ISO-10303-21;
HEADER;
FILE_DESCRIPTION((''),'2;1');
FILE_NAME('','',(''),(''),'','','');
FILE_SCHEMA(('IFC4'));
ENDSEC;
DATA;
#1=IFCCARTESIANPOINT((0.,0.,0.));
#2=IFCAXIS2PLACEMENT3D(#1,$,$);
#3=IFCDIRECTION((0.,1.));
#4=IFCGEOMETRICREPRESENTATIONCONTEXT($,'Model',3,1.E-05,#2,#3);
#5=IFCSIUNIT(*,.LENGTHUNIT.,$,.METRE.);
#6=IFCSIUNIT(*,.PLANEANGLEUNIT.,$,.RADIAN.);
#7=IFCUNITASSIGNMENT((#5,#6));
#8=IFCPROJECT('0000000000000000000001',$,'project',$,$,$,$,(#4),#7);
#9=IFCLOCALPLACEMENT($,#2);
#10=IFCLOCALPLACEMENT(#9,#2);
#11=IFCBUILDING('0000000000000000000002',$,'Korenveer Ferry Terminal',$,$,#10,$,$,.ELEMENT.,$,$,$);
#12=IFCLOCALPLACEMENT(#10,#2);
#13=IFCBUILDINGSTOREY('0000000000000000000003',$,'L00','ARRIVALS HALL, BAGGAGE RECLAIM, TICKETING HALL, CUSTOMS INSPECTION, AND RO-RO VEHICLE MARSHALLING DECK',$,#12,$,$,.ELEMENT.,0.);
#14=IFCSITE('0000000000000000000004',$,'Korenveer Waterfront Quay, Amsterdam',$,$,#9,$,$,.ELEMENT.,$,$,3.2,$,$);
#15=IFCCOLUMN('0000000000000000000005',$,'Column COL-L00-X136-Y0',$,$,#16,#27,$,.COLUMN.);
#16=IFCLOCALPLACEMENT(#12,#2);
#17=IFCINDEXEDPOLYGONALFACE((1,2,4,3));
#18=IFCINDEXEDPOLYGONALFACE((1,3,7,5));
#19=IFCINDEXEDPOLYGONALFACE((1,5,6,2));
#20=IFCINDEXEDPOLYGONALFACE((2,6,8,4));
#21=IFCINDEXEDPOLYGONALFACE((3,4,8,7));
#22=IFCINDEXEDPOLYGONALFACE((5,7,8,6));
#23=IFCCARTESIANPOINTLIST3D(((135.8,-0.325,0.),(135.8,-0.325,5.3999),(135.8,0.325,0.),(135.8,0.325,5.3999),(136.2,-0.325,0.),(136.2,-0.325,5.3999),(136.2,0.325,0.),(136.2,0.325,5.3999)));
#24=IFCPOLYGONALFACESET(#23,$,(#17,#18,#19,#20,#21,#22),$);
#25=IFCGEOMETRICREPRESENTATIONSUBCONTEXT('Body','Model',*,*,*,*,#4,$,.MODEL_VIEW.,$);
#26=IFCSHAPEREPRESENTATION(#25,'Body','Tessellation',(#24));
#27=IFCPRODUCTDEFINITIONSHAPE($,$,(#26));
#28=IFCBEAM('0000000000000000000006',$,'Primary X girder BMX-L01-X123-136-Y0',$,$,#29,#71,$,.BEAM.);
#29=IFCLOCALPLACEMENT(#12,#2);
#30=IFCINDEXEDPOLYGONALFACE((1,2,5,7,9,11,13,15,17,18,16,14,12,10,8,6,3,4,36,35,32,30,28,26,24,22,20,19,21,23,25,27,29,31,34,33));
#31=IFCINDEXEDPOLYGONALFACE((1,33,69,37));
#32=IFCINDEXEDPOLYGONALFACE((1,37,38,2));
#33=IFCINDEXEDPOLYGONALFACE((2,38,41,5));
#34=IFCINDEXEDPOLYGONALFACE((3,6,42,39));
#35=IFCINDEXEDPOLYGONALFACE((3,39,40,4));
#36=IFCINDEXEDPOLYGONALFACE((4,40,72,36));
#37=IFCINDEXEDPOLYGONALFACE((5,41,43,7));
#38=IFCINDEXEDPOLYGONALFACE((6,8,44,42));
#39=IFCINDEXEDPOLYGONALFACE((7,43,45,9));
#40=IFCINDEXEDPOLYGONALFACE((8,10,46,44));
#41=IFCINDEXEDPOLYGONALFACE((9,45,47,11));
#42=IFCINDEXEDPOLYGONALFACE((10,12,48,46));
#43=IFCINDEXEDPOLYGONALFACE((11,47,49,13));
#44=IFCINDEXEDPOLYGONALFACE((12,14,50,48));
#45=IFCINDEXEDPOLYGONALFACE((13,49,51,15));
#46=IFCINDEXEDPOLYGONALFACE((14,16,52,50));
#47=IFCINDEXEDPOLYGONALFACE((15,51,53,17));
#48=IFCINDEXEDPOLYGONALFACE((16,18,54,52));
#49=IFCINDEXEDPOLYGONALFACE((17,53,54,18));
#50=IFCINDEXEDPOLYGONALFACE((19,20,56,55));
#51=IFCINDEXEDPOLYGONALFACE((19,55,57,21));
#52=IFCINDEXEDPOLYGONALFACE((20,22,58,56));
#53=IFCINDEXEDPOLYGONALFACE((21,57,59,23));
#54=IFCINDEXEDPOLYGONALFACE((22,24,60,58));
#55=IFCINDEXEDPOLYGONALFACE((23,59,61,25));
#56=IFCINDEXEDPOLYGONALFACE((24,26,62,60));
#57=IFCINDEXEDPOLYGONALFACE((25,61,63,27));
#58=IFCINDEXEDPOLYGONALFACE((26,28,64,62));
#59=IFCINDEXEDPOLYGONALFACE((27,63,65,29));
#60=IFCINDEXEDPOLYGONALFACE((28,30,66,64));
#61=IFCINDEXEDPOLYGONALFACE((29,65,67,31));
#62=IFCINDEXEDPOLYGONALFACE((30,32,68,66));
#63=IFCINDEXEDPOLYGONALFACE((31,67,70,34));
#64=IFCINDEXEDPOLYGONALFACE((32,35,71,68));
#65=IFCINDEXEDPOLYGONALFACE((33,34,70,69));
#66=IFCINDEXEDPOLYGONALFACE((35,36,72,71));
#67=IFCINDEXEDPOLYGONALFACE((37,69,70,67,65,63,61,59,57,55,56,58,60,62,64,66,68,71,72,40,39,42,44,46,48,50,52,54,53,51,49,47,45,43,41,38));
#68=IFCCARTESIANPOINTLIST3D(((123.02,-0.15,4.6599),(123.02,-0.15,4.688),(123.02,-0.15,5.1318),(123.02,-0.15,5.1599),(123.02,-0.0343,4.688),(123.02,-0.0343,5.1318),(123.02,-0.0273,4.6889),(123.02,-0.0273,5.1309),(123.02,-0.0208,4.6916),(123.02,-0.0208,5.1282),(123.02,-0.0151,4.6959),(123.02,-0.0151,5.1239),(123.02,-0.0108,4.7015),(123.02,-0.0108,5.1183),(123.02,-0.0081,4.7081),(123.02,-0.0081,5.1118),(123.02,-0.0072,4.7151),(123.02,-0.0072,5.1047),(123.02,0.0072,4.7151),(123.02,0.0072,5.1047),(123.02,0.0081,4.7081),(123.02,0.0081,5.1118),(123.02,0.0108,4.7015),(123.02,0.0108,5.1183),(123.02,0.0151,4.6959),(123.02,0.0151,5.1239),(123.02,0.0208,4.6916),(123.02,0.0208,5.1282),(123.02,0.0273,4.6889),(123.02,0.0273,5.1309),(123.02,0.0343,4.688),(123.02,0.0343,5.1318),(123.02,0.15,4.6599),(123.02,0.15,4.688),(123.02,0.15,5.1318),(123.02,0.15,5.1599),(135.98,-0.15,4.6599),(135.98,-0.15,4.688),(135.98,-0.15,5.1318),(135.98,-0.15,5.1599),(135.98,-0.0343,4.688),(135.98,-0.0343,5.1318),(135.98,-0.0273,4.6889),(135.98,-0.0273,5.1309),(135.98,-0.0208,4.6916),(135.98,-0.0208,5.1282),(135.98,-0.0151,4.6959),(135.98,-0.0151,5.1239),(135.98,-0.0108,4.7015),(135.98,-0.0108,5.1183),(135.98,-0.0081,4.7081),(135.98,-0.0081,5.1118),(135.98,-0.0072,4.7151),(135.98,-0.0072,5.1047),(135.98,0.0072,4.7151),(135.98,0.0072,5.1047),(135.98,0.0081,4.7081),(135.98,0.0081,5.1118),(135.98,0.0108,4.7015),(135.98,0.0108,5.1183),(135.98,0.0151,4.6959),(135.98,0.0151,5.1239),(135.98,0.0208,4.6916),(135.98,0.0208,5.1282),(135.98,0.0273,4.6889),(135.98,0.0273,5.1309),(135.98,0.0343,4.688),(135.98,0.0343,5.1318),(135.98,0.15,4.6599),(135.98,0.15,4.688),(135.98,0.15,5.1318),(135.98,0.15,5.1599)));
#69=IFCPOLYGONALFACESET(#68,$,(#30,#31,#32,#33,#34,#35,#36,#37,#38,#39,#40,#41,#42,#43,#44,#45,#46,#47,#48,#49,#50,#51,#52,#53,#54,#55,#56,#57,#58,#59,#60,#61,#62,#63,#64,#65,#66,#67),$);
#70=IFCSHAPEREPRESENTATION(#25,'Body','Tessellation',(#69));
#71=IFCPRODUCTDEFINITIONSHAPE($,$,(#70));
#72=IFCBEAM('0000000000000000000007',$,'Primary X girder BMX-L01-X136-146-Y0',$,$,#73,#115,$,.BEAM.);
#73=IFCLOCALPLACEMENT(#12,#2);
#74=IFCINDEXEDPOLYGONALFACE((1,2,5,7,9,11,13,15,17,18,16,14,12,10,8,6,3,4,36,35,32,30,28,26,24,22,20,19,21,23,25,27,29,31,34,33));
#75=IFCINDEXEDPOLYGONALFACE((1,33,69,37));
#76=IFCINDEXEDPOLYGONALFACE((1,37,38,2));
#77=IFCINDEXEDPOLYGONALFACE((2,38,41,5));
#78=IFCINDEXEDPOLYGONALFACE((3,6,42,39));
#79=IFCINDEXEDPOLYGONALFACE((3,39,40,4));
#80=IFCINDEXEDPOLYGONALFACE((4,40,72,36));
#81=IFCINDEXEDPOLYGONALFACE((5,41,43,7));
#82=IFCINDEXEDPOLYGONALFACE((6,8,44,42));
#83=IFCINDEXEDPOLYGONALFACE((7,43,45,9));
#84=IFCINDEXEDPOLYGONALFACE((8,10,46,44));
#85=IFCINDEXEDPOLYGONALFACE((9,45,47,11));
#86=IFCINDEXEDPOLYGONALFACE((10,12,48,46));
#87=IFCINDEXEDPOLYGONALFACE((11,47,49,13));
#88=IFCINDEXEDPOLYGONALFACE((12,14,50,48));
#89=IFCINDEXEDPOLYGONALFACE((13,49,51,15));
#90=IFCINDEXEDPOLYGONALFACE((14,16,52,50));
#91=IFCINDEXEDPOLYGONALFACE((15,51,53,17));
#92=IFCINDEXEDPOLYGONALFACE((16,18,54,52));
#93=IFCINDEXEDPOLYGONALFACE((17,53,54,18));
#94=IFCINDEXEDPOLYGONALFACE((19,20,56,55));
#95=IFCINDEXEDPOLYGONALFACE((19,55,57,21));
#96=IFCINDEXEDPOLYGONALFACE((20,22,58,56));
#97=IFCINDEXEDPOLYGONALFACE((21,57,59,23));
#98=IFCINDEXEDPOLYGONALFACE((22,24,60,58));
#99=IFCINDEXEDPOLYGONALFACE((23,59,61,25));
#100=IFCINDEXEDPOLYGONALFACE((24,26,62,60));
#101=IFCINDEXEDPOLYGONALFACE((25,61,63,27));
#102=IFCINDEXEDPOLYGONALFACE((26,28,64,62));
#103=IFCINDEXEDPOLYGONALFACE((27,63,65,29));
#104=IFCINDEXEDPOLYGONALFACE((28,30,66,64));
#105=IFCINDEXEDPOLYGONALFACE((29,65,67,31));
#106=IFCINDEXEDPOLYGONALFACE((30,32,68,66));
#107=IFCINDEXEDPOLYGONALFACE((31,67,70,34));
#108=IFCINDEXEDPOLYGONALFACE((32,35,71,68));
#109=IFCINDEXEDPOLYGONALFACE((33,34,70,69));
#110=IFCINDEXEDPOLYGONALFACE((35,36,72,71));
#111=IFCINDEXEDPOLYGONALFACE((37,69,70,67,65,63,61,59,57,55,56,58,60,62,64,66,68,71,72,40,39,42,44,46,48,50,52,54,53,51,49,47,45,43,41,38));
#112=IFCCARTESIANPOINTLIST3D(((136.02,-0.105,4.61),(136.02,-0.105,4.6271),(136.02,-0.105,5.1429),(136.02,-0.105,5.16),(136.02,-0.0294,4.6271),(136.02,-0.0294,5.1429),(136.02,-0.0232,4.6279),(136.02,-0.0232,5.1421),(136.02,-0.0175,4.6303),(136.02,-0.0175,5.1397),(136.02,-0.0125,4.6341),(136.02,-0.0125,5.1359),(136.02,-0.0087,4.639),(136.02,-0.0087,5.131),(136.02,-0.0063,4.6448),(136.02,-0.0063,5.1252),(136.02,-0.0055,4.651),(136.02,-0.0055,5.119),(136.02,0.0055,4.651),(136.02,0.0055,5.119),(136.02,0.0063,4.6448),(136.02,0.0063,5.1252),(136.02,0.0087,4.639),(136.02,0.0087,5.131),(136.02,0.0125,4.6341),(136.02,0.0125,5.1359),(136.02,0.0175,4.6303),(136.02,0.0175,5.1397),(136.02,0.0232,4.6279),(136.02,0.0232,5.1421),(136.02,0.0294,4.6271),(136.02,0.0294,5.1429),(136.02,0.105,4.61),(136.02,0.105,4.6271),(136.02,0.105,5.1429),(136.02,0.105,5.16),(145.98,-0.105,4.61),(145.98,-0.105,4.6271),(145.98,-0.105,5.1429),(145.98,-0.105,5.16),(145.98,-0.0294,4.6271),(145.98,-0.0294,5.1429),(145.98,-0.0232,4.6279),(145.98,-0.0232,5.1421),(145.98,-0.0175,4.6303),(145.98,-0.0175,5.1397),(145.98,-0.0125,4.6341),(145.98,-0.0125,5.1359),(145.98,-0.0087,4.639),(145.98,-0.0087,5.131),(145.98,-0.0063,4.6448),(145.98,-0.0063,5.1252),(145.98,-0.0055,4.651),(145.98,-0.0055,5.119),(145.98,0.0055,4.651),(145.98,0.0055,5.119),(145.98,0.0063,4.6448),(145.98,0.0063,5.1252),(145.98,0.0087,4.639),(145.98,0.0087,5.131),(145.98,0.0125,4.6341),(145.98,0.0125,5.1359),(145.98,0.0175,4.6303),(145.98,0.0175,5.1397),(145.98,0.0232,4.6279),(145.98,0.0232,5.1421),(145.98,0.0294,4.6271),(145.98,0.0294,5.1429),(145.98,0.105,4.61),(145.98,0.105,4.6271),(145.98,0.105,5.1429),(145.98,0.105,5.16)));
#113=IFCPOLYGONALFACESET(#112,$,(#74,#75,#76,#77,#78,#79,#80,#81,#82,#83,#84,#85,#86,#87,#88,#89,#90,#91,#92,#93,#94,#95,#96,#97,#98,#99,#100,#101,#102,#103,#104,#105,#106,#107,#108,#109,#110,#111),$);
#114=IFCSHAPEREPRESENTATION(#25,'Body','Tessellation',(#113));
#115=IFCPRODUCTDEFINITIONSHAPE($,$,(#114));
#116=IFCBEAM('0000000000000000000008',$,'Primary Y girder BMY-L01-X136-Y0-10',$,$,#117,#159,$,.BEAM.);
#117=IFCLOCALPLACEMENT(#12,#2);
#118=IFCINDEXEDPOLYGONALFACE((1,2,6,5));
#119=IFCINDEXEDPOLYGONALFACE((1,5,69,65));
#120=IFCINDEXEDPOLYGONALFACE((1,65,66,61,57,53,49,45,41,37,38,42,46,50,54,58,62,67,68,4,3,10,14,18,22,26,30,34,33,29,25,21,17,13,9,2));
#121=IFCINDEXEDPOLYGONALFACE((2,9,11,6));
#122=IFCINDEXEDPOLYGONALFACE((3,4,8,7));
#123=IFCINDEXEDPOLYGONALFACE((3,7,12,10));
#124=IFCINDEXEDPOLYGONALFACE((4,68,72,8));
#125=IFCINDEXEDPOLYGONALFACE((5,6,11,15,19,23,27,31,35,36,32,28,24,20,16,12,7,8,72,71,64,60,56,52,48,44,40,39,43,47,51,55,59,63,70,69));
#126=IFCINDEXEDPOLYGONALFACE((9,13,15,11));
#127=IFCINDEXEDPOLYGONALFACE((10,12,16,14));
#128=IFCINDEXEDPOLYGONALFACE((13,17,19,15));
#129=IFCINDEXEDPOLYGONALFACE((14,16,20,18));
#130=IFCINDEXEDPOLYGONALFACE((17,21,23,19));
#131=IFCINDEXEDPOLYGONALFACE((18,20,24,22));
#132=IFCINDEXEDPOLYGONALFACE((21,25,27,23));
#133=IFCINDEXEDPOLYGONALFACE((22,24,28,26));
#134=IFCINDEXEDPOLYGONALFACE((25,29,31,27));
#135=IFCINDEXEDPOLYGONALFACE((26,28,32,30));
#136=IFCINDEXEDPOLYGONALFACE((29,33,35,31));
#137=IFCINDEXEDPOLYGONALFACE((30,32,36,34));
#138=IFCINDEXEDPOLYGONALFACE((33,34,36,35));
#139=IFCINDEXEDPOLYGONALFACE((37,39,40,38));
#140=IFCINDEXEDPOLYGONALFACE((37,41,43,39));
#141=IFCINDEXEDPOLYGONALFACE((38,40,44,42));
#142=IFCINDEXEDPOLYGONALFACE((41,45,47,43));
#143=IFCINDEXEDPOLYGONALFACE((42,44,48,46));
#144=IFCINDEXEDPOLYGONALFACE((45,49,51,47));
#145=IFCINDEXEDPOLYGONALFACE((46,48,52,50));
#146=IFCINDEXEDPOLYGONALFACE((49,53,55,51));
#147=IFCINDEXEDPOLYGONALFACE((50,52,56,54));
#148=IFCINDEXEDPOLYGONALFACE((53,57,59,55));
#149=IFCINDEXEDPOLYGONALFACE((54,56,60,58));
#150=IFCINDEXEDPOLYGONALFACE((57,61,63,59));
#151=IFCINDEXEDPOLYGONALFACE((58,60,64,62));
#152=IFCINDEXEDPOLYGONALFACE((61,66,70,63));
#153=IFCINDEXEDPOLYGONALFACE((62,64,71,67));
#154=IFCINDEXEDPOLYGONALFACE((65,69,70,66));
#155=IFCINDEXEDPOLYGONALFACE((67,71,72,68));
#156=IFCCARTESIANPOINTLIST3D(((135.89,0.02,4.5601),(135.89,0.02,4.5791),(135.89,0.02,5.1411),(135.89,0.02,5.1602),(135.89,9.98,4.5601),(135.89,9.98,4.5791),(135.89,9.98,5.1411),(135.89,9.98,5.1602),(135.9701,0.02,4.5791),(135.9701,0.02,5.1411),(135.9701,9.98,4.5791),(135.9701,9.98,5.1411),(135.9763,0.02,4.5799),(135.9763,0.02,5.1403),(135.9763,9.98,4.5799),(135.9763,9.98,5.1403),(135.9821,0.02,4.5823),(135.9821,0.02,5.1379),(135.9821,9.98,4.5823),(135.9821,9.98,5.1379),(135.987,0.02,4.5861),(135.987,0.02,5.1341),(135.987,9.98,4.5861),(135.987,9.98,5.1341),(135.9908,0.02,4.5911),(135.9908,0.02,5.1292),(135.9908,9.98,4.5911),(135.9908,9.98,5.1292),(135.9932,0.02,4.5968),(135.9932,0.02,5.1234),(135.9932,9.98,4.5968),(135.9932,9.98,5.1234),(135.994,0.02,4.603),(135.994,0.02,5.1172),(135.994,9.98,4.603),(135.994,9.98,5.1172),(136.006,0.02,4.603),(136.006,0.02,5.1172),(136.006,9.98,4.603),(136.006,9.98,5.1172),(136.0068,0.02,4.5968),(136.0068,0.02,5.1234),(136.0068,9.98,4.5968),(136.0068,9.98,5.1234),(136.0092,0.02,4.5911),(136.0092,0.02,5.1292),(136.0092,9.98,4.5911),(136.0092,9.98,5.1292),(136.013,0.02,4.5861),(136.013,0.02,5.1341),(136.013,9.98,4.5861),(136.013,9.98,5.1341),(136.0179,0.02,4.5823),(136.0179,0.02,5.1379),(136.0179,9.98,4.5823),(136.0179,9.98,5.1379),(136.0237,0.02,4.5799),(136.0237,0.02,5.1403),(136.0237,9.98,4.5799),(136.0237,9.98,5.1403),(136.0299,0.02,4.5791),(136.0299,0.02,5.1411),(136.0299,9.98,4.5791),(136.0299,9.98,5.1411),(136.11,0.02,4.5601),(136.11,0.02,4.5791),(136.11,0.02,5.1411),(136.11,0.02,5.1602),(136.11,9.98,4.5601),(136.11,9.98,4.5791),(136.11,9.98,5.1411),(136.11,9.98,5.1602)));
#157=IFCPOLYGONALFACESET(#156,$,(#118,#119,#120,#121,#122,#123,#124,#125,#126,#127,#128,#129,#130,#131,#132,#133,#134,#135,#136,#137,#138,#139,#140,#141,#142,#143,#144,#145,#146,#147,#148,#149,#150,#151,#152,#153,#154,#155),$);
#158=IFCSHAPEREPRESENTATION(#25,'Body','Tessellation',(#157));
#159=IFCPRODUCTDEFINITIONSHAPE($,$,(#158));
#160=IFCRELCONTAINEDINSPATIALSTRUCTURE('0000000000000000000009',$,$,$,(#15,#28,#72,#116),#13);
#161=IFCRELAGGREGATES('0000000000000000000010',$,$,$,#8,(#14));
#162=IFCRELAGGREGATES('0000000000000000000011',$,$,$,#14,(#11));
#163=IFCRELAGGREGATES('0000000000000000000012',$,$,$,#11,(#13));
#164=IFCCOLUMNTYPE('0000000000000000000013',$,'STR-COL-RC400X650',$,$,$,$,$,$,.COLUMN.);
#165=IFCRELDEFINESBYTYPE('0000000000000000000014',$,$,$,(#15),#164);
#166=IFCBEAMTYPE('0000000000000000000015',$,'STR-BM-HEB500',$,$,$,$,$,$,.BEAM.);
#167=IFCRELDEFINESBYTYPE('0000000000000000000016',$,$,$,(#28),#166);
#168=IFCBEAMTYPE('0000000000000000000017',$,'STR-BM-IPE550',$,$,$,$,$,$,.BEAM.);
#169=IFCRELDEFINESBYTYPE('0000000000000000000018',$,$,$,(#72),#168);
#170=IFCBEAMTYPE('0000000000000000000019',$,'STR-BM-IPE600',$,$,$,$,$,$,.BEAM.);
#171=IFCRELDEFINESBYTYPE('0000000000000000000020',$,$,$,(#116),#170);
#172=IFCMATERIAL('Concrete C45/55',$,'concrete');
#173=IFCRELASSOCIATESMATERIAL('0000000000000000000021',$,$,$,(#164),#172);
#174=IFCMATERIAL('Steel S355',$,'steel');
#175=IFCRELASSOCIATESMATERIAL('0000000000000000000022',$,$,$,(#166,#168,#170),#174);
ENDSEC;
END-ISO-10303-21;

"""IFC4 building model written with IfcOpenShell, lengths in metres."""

from ifc_helpers import new_model, si_unit, direction, frame, origin, origin_2d, place, context, subcontext, project, spatial, rectangle, i_section, extrude, material, material_profile, profile_set, type_object, element, save


model = new_model("IFC4")

# Units and contexts
model_context = context("Model", 3, precision=1e-05, world=origin(), true_north=direction((0.0, 1.0)))
body_context = subcontext(model_context, "Body", "Model", "MODEL_VIEW")
ifc_project = project(units=[si_unit("LENGTHUNIT", "METRE"), si_unit("PLANEANGLEUNIT", "RADIAN")], contexts=[model_context])

# Site, building, storey
site_placement = place(None, origin())
site = spatial("IfcSite", under=ifc_project, at=site_placement, Name="Korenveer Waterfront Quay, Amsterdam", CompositionType="ELEMENT", RefElevation=3.2)
building_placement = place(site_placement, origin())
building = spatial("IfcBuilding", under=site, at=building_placement, Name="Korenveer Ferry Terminal", CompositionType="ELEMENT")
storey_placement = place(building_placement, origin())
storey = spatial("IfcBuildingStorey", under=building, at=storey_placement, Name="L00", Description="ARRIVALS HALL, BAGGAGE RECLAIM, TICKETING HALL, CUSTOMS INSPECTION, AND RO-RO VEHICLE MARSHALLING DECK", CompositionType="ELEMENT", Elevation=0.0)

# Shared definitions
ifc_material_1 = material(Name="Concrete C45/55", Category="concrete")

# Column
ifc_material_2 = material(Name="Steel S355", Category="steel")
ifc_material_profile_1 = material_profile(ifc_material_1, rectangle(XDim=0.3999, YDim=0.6499, at=origin_2d()), Name="RC 400x650")
ifc_profile_set_1 = profile_set([ifc_material_profile_1], Name="Concrete C45/55")
column_type_1 = type_object("IfcColumnType", Name="STR-COL-RC400X650", PredefinedType="COLUMN", material=ifc_profile_set_1)
column_1_placement = place(storey_placement, frame((136.0, 0.0, 0.0), z_axis=(0.0, 0.0, 1.0), x_axis=(1.0, 0.0, 0.0)))
element("IfcColumn", 1, at=column_1_placement, inside=storey, type_object=column_type_1, Name="Column COL-L00-X136-Y0", PredefinedType="COLUMN", context=body_context, shape_type="SweptSolid", body=[
    extrude(rectangle(XDim=0.3999, YDim=0.6499, at=origin_2d()), origin(), (0.0, 0.0, 1.0), 5.3999),
])

# Beams
ifc_material_profile_2 = material_profile(ifc_material_2, i_section(OverallWidth=0.3, OverallDepth=0.5, WebThickness=0.0144, FlangeThickness=0.0281, FilletRadius=0.0271, at=origin_2d()), Name="HEB 500")
ifc_profile_set_2 = profile_set([ifc_material_profile_2], Name="Steel S355")
beam_type_1 = type_object("IfcBeamType", Name="STR-BM-HEB500", PredefinedType="BEAM", material=ifc_profile_set_2)
beam_1_placement = place(storey_placement, frame((123.02, 0.0, 4.9099), z_axis=(1.0, 0.0, 0.0), x_axis=(0.0, 1.0, 0.0)))
element("IfcBeam", 2, at=beam_1_placement, inside=storey, type_object=beam_type_1, Name="Primary X girder BMX-L01-X123-136-Y0", PredefinedType="BEAM", context=body_context, shape_type="SweptSolid", body=[
    extrude(i_section(OverallWidth=0.3, OverallDepth=0.5, WebThickness=0.0144, FlangeThickness=0.0281, FilletRadius=0.0271, at=origin_2d()), origin(), (0.0, 0.0, 1.0), 12.96),
])
ifc_material_profile_3 = material_profile(ifc_material_2, i_section(OverallWidth=0.21, OverallDepth=0.55, WebThickness=0.011, FlangeThickness=0.0171, FilletRadius=0.0239, at=origin_2d()), Name="IPE 550")
ifc_profile_set_3 = profile_set([ifc_material_profile_3], Name="Steel S355")
beam_type_2 = type_object("IfcBeamType", Name="STR-BM-IPE550", PredefinedType="BEAM", material=ifc_profile_set_3)
beam_2_placement = place(storey_placement, frame((136.02, 0.0, 4.885), z_axis=(1.0, 0.0, 0.0), x_axis=(0.0, 1.0, 0.0)))
element("IfcBeam", 3, at=beam_2_placement, inside=storey, type_object=beam_type_2, Name="Primary X girder BMX-L01-X136-146-Y0", PredefinedType="BEAM", context=body_context, shape_type="SweptSolid", body=[
    extrude(i_section(OverallWidth=0.21, OverallDepth=0.55, WebThickness=0.011, FlangeThickness=0.0171, FilletRadius=0.0239, at=origin_2d()), origin(), (0.0, 0.0, 1.0), 9.96),
])
ifc_material_profile_4 = material_profile(ifc_material_2, i_section(OverallWidth=0.22, OverallDepth=0.6001, WebThickness=0.012, FlangeThickness=0.019, FilletRadius=0.0239, at=origin_2d()), Name="IPE 600")
ifc_profile_set_4 = profile_set([ifc_material_profile_4], Name="Steel S355")
beam_type_3 = type_object("IfcBeamType", Name="STR-BM-IPE600", PredefinedType="BEAM", material=ifc_profile_set_4)
beam_3_placement = place(storey_placement, frame((136.0, 0.02, 4.8601), z_axis=(0.0, 1.0, 0.0), x_axis=(-1.0, 0.0, 0.0)))
element("IfcBeam", 4, at=beam_3_placement, inside=storey, type_object=beam_type_3, Name="Primary Y girder BMY-L01-X136-Y0-10", PredefinedType="BEAM", context=body_context, shape_type="SweptSolid", body=[
    extrude(i_section(OverallWidth=0.22, OverallDepth=0.6001, WebThickness=0.012, FlangeThickness=0.019, FilletRadius=0.0239, at=origin_2d()), origin(), (0.0, 0.0, 1.0), 9.96),
])

save(model, "model.ifc")
